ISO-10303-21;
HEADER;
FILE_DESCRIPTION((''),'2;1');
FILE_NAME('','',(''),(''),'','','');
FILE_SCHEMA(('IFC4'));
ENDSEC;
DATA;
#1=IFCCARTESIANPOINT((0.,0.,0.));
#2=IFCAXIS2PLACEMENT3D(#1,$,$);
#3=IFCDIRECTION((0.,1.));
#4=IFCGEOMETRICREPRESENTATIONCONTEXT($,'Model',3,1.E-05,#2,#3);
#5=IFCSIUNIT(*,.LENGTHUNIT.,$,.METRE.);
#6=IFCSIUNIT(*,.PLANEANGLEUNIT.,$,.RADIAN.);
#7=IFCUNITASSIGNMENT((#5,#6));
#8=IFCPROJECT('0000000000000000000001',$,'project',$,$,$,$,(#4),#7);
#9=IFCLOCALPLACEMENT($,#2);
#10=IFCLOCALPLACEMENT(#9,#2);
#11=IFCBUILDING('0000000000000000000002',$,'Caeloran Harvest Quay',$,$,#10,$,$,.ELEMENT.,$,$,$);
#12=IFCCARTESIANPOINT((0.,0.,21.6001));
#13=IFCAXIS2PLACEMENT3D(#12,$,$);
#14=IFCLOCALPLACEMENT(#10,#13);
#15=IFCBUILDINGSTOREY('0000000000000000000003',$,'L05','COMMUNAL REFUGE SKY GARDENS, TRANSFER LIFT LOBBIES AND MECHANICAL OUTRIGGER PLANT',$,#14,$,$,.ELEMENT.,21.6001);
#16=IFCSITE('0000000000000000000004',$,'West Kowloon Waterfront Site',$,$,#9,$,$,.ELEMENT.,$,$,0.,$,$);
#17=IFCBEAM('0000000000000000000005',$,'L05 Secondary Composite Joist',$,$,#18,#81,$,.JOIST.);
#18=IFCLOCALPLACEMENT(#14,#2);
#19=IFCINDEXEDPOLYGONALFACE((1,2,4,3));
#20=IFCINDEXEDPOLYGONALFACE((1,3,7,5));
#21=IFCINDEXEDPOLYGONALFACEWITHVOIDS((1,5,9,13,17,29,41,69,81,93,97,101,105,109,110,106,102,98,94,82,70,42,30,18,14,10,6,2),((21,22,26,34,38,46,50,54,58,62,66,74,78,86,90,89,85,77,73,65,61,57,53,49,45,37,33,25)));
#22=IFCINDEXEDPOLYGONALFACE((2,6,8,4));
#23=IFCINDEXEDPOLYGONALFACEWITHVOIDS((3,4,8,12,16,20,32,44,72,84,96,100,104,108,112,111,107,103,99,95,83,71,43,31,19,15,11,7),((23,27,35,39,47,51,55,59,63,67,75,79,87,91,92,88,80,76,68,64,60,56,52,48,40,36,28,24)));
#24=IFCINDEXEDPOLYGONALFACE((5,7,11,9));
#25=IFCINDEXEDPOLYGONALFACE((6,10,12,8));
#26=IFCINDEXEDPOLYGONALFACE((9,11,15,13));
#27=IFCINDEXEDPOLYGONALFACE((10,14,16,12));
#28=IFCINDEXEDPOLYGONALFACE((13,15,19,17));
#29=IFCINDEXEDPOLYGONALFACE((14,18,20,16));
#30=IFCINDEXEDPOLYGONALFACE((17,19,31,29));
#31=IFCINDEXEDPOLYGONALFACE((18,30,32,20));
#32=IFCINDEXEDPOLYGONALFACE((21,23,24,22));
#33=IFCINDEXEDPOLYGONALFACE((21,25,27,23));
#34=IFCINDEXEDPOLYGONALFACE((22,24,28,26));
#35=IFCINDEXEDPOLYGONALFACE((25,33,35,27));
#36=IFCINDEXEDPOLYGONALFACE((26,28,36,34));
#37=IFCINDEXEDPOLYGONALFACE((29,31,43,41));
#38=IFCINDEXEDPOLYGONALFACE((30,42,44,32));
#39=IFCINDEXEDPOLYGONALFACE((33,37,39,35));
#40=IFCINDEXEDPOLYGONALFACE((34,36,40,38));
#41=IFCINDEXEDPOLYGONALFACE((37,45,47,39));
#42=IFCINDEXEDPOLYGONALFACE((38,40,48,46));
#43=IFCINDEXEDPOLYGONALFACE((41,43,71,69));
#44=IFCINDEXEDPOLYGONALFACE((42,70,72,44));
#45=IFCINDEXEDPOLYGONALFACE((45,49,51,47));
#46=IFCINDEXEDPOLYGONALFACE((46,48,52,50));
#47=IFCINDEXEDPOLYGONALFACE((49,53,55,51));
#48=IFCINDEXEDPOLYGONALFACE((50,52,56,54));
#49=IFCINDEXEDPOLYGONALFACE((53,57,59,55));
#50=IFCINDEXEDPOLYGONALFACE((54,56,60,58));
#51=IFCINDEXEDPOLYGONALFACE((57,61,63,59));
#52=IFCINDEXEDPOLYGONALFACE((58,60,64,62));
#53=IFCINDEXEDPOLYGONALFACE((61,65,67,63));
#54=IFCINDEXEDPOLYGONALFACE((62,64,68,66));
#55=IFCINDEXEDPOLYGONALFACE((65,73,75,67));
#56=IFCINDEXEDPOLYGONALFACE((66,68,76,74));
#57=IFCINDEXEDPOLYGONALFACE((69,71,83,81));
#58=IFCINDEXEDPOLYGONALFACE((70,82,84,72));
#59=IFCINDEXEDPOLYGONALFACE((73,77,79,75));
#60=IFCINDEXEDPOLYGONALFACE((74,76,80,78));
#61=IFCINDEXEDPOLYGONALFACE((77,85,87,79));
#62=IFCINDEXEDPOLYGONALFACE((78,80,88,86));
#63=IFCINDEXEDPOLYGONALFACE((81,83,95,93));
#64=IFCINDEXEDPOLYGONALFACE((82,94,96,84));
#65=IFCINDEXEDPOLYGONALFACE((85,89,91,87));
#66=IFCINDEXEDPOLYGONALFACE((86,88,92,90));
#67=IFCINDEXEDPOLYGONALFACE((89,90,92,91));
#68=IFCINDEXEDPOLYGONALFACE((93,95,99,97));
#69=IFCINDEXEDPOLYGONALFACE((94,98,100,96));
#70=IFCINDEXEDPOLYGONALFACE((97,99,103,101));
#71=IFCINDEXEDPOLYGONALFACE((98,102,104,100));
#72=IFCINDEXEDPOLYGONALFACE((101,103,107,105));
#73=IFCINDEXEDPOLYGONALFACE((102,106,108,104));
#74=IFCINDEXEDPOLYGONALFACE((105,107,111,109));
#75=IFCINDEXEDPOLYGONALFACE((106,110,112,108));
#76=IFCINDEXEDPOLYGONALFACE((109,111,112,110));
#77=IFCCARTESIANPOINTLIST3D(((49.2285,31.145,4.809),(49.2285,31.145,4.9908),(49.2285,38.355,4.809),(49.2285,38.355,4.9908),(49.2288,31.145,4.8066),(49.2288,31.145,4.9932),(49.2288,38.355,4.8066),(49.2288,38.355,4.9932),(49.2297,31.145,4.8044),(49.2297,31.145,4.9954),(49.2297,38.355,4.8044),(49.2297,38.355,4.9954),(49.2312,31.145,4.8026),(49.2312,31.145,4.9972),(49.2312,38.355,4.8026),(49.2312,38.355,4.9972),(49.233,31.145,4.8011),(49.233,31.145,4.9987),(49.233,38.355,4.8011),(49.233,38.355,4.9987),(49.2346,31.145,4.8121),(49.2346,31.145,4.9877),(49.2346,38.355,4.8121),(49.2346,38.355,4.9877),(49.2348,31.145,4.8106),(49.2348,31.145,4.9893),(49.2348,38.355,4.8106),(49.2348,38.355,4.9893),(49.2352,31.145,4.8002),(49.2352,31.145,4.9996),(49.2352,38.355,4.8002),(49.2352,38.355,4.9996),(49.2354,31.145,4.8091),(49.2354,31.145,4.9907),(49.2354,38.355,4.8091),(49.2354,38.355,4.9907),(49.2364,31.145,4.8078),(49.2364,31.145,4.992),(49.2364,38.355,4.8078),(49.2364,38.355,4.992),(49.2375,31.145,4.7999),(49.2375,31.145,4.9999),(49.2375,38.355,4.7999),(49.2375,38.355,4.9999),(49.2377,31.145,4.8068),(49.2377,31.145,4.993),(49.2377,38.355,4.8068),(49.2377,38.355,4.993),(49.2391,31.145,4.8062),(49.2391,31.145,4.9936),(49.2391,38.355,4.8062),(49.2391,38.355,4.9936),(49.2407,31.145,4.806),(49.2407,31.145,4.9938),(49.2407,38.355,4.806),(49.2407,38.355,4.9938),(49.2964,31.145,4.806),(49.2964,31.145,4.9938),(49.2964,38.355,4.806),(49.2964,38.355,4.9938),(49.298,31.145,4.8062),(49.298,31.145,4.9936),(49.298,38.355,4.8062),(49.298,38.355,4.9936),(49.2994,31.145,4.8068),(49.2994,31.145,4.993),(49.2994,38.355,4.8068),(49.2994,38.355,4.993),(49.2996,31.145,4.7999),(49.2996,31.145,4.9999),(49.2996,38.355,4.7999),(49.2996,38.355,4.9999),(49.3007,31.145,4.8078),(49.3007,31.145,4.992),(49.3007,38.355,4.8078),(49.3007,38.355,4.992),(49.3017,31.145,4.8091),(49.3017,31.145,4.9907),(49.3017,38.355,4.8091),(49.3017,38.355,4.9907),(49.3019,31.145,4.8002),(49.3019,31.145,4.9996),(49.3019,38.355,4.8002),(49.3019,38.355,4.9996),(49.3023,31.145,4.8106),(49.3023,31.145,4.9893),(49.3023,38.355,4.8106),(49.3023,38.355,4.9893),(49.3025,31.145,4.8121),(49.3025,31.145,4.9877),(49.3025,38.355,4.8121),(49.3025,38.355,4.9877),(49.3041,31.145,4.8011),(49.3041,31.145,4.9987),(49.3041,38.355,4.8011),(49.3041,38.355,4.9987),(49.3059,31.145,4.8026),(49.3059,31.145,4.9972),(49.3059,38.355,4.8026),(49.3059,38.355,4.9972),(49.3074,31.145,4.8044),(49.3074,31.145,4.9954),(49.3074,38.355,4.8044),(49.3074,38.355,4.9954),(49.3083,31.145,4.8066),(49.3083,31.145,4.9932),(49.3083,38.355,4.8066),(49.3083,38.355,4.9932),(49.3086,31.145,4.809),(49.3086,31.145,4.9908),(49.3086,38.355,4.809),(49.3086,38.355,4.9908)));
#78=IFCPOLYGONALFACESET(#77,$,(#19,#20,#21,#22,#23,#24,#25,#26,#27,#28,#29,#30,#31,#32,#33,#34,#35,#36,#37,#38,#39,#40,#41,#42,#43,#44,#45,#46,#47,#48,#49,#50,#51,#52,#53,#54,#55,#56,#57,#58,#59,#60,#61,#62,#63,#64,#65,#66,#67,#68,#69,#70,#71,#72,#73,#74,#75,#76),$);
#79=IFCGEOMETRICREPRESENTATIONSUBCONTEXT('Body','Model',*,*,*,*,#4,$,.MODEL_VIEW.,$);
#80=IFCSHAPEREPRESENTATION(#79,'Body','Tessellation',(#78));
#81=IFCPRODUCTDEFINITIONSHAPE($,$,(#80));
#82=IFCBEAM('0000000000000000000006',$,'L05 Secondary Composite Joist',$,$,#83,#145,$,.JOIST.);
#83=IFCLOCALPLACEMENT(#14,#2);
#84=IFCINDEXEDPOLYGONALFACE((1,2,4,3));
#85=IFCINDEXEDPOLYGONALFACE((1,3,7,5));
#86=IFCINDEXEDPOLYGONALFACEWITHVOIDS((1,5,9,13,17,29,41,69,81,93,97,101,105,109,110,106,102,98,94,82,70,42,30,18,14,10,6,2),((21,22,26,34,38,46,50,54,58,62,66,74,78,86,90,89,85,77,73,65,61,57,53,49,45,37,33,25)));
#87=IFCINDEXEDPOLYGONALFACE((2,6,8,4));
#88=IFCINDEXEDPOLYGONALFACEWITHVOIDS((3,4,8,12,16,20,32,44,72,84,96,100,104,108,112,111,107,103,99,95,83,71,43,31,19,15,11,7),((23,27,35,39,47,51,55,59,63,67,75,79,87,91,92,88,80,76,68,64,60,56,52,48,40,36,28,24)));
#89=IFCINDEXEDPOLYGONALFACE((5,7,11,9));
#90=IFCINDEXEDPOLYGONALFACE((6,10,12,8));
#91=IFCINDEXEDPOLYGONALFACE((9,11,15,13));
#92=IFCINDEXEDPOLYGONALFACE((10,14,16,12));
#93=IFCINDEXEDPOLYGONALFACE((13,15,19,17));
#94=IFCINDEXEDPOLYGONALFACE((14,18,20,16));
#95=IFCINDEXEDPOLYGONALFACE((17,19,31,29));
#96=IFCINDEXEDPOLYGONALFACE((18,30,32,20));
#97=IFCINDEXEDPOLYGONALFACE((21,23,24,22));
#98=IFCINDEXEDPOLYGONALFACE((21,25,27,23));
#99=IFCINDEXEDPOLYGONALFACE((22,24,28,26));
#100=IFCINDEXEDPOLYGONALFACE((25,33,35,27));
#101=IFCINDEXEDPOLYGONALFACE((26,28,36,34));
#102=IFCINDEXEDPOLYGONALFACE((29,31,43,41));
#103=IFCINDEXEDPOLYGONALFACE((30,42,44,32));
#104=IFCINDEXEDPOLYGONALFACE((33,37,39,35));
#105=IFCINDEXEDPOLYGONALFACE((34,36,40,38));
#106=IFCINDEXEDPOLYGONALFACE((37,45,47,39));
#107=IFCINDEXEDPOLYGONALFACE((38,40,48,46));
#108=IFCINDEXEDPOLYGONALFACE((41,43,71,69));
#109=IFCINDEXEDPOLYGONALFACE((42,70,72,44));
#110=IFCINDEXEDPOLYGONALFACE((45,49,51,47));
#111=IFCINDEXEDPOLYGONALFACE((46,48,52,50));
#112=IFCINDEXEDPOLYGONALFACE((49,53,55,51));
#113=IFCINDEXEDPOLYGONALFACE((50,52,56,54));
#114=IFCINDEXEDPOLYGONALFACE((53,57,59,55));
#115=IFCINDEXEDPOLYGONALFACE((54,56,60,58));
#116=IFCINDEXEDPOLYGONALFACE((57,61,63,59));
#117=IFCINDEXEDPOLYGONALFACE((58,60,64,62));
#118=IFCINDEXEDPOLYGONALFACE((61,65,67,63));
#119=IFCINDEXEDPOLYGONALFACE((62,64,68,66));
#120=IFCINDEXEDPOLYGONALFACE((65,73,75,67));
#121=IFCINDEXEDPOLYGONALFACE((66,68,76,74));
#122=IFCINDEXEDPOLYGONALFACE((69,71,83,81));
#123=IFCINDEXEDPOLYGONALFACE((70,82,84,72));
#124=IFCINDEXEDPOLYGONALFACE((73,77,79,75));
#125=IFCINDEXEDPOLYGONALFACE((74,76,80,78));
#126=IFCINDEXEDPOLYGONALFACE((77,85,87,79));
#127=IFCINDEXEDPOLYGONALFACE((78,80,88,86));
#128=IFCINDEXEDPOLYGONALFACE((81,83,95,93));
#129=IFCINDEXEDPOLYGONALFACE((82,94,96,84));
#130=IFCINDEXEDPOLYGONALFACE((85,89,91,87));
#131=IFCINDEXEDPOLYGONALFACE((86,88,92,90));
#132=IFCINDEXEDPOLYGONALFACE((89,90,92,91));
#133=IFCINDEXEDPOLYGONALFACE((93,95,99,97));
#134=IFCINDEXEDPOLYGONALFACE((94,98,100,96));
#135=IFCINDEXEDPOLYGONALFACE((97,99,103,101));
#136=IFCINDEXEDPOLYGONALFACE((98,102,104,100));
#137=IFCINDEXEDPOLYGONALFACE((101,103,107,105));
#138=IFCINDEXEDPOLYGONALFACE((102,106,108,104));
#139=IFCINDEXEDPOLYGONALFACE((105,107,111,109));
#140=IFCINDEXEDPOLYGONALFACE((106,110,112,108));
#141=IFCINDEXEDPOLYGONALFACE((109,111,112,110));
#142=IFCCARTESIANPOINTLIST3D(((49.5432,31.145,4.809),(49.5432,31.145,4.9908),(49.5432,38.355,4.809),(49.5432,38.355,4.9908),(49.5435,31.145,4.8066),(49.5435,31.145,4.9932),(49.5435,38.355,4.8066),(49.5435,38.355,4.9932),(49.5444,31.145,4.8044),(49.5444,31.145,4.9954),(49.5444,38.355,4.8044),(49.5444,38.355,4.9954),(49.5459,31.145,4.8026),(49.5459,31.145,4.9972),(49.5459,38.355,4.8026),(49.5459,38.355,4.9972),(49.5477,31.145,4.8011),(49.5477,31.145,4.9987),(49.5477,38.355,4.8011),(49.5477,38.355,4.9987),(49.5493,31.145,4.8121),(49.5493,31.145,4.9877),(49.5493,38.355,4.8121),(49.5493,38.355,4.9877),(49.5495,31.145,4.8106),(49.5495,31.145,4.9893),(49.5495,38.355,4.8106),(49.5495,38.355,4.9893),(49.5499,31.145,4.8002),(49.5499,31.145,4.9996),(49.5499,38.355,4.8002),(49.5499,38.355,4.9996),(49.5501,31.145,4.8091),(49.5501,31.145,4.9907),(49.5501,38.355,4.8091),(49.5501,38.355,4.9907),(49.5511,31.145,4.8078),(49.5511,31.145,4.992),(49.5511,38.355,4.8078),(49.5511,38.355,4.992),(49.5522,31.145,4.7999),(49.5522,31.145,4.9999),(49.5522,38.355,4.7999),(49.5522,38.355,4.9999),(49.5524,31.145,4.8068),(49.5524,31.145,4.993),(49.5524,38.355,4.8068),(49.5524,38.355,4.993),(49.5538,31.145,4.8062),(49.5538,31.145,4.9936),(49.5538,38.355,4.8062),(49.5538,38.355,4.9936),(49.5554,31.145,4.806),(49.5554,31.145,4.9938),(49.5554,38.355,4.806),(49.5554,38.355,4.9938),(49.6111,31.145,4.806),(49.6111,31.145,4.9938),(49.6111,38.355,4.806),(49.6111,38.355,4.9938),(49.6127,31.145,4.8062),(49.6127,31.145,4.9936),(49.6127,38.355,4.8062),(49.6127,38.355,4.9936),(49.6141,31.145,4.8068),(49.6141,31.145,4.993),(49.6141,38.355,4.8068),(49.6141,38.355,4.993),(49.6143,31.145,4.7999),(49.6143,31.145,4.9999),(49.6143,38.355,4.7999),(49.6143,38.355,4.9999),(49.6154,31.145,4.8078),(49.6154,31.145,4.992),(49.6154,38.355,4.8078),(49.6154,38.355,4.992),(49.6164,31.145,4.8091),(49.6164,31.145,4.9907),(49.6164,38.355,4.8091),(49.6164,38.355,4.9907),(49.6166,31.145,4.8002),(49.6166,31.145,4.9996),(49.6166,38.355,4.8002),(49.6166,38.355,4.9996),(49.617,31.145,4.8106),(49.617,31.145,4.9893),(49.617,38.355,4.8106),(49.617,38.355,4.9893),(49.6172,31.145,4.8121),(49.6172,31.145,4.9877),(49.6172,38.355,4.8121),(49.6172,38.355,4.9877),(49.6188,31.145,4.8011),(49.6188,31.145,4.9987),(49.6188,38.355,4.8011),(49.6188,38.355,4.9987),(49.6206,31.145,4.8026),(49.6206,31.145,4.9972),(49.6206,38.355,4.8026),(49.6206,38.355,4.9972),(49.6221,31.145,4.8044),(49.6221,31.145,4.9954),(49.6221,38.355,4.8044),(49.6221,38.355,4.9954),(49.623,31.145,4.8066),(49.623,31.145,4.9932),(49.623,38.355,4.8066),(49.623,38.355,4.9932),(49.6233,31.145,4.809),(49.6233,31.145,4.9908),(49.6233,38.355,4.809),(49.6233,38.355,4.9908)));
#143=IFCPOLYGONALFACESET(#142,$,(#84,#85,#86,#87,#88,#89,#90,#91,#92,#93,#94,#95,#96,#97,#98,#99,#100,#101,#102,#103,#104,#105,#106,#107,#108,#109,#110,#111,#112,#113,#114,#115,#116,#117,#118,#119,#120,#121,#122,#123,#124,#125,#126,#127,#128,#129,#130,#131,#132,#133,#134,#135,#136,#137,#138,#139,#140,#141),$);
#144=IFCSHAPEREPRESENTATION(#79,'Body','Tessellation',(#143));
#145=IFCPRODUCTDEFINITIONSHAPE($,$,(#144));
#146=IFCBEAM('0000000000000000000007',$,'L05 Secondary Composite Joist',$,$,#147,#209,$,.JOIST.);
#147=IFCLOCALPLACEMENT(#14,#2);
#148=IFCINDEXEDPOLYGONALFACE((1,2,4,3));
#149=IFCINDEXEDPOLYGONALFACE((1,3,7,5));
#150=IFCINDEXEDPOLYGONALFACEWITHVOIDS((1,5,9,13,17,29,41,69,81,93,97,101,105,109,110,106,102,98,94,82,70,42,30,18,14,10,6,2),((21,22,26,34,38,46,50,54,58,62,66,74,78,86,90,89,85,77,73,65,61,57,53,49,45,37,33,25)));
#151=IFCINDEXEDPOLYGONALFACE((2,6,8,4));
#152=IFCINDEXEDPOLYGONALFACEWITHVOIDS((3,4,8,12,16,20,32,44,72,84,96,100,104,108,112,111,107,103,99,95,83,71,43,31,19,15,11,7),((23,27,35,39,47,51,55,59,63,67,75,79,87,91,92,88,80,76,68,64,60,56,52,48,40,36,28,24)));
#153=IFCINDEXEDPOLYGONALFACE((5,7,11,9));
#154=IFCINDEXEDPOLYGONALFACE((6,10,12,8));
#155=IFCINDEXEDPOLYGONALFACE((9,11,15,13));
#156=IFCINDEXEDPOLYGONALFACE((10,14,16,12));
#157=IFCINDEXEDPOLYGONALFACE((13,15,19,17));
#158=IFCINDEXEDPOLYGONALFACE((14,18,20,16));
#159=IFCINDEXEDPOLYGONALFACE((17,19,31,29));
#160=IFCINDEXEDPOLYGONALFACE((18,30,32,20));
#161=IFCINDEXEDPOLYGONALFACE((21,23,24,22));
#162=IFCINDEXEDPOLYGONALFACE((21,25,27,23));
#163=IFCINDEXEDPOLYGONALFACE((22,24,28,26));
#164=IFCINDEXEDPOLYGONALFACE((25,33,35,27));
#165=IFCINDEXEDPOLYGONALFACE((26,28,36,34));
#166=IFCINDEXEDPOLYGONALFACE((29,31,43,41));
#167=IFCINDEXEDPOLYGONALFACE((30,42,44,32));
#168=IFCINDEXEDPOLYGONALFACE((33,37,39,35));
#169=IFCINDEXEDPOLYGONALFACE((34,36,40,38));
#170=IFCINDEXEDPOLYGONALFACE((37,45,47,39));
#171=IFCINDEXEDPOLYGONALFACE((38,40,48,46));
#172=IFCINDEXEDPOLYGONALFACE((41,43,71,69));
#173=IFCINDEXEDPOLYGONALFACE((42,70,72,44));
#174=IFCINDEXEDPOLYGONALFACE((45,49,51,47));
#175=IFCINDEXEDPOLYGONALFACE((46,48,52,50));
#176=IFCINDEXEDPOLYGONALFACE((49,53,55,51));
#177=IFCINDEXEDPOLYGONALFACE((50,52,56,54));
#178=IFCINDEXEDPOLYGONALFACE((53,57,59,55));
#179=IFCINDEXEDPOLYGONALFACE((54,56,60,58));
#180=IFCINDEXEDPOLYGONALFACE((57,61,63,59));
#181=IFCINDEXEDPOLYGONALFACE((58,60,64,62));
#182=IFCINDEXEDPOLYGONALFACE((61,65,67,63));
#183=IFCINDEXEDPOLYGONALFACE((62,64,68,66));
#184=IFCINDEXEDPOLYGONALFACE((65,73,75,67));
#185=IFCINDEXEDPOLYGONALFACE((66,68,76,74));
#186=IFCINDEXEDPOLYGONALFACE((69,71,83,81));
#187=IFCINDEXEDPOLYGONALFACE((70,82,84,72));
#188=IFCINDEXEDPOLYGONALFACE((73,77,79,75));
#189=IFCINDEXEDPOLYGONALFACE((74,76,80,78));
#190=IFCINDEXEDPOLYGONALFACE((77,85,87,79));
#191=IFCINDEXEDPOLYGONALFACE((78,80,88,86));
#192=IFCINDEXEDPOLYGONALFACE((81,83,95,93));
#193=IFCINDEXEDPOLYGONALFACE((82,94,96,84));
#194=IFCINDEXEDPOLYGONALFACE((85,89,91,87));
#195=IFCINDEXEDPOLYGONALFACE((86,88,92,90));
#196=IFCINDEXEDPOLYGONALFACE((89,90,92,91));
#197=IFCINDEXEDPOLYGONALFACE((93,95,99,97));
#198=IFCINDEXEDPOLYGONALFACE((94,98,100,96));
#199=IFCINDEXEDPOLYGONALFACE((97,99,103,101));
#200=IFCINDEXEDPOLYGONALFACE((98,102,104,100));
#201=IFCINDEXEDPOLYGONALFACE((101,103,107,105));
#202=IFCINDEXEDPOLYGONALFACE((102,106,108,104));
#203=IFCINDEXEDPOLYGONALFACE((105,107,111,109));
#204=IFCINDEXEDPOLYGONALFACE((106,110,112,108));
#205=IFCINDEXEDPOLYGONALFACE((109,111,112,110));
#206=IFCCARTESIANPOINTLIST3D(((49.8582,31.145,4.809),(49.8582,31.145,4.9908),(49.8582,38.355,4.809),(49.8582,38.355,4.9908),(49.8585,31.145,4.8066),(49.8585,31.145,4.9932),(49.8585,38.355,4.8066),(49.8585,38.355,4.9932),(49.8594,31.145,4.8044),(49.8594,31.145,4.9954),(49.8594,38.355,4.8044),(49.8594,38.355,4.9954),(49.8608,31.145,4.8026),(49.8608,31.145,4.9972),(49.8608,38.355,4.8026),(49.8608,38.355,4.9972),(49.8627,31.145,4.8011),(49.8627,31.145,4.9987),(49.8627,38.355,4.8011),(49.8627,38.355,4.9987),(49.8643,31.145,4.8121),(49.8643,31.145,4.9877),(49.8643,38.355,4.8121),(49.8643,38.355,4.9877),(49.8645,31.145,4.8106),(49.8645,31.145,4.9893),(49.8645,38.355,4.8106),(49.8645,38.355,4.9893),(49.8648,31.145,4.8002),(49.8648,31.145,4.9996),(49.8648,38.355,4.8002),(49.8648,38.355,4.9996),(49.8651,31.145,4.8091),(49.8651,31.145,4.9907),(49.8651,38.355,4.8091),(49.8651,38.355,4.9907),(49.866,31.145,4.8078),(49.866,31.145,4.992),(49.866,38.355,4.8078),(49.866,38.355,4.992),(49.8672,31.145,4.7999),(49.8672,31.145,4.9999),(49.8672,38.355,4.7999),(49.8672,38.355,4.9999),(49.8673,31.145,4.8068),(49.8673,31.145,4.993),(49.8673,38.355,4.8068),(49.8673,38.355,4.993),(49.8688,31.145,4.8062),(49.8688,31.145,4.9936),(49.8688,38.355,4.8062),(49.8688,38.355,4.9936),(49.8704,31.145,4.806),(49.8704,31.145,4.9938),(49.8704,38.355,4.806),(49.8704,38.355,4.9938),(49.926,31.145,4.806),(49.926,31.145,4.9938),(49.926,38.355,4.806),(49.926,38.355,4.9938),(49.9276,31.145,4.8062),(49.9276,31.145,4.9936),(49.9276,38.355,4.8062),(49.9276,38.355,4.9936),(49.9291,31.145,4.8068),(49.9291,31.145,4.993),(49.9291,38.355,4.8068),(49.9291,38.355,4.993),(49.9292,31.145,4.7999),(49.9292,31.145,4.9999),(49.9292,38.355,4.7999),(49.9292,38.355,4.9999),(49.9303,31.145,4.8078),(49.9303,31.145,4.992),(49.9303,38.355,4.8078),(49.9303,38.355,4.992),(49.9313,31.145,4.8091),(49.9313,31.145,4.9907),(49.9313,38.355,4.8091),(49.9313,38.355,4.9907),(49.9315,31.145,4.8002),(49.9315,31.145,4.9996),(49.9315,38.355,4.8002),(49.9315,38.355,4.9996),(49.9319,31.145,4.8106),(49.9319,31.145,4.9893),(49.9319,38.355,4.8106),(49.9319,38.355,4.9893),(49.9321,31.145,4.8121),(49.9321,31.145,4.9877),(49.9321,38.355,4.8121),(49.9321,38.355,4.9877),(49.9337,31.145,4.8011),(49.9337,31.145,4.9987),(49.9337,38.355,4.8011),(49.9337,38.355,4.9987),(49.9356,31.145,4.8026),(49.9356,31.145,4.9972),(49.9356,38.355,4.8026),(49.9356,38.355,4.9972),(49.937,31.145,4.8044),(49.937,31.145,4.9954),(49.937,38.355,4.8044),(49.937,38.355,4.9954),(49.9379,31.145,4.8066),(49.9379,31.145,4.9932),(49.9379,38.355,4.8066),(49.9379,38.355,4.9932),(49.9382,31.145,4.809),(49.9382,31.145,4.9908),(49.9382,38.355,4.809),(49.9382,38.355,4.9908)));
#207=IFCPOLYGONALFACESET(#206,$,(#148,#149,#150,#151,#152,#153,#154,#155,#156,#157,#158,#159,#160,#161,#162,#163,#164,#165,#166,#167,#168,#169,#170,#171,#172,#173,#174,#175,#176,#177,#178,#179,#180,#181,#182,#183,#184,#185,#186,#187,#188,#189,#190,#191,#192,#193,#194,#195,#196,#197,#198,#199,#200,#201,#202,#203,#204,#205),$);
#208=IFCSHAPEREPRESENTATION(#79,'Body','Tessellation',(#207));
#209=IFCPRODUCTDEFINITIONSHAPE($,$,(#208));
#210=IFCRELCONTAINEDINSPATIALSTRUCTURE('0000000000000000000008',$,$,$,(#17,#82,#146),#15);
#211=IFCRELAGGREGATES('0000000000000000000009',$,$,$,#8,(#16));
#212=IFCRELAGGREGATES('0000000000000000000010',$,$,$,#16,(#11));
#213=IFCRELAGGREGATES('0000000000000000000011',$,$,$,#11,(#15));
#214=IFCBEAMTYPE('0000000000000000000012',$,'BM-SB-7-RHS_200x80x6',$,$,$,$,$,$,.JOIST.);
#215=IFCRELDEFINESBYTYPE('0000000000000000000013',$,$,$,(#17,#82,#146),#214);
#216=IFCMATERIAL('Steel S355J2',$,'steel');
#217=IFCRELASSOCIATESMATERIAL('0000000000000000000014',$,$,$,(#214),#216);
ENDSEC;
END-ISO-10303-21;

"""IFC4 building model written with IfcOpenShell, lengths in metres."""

from ifc_helpers import new_model, si_unit, direction, frame, origin, origin_2d, place, context, subcontext, project, spatial, hollow_rectangle, extrude, material, material_profile, profile_set, type_object, element, save


model = new_model("IFC4")

# Units and contexts
model_context = context("Model", 3, precision=1e-05, world=origin(), true_north=direction((0.0, 1.0)))
body_context = subcontext(model_context, "Body", "Model", "MODEL_VIEW")
ifc_project = project(units=[si_unit("LENGTHUNIT", "METRE"), si_unit("PLANEANGLEUNIT", "RADIAN")], contexts=[model_context])

# Site, building, storey
site_placement = place(None, origin())
site = spatial("IfcSite", under=ifc_project, at=site_placement, Name="West Kowloon Waterfront Site", CompositionType="ELEMENT", RefElevation=0.0)
building_placement = place(site_placement, origin())
building = spatial("IfcBuilding", under=site, at=building_placement, Name="Caeloran Harvest Quay", CompositionType="ELEMENT")
storey_placement = place(building_placement, frame((0.0, 0.0, 21.6001)))
storey = spatial("IfcBuildingStorey", under=building, at=storey_placement, Name="L05", Description="COMMUNAL REFUGE SKY GARDENS, TRANSFER LIFT LOBBIES AND MECHANICAL OUTRIGGER PLANT", CompositionType="ELEMENT", Elevation=21.6001)

# Beams
ifc_material_1 = material(Name="Steel S355J2", Category="steel")
ifc_material_profile_1 = material_profile(ifc_material_1, hollow_rectangle(XDim=0.0801, YDim=0.2, WallThickness=0.0061, InnerFilletRadius=0.0061, OuterFilletRadius=0.009, at=origin_2d()), Name="RHS 200x80x6")
ifc_profile_set_1 = profile_set([ifc_material_profile_1], Name="Steel S355J2")
beam_type_1 = type_object("IfcBeamType", Name="BM-SB-7-RHS_200x80x6", PredefinedType="JOIST", material=ifc_profile_set_1)
for number, where, z_axis, x_axis, name in (
    (1, (49.2686, 31.145, 4.8999), (0.0, 1.0, 0.0), (-1.0, 0.0, 0.0), "L05 Secondary Composite Joist"),
    (2, (49.5833, 31.145, 4.8999), (0.0, 1.0, 0.0), (-1.0, 0.0, 0.0), "L05 Secondary Composite Joist"),
    (3, (49.8982, 31.145, 4.8999), (0.0, 1.0, 0.0), (-1.0, 0.0, 0.0), "L05 Secondary Composite Joist"),
):
    element("IfcBeam", number, at=place(storey_placement, frame(where, z_axis=z_axis, x_axis=x_axis)), inside=storey, type_object=beam_type_1, Name=name, PredefinedType="JOIST", context=body_context, shape_type="SweptSolid", body=[
        extrude(hollow_rectangle(XDim=0.0801, YDim=0.2, WallThickness=0.0061, InnerFilletRadius=0.0061, OuterFilletRadius=0.009, at=origin_2d()), origin(), (0.0, 0.0, 1.0), 7.21),
    ])

save(model, "model.ifc")
